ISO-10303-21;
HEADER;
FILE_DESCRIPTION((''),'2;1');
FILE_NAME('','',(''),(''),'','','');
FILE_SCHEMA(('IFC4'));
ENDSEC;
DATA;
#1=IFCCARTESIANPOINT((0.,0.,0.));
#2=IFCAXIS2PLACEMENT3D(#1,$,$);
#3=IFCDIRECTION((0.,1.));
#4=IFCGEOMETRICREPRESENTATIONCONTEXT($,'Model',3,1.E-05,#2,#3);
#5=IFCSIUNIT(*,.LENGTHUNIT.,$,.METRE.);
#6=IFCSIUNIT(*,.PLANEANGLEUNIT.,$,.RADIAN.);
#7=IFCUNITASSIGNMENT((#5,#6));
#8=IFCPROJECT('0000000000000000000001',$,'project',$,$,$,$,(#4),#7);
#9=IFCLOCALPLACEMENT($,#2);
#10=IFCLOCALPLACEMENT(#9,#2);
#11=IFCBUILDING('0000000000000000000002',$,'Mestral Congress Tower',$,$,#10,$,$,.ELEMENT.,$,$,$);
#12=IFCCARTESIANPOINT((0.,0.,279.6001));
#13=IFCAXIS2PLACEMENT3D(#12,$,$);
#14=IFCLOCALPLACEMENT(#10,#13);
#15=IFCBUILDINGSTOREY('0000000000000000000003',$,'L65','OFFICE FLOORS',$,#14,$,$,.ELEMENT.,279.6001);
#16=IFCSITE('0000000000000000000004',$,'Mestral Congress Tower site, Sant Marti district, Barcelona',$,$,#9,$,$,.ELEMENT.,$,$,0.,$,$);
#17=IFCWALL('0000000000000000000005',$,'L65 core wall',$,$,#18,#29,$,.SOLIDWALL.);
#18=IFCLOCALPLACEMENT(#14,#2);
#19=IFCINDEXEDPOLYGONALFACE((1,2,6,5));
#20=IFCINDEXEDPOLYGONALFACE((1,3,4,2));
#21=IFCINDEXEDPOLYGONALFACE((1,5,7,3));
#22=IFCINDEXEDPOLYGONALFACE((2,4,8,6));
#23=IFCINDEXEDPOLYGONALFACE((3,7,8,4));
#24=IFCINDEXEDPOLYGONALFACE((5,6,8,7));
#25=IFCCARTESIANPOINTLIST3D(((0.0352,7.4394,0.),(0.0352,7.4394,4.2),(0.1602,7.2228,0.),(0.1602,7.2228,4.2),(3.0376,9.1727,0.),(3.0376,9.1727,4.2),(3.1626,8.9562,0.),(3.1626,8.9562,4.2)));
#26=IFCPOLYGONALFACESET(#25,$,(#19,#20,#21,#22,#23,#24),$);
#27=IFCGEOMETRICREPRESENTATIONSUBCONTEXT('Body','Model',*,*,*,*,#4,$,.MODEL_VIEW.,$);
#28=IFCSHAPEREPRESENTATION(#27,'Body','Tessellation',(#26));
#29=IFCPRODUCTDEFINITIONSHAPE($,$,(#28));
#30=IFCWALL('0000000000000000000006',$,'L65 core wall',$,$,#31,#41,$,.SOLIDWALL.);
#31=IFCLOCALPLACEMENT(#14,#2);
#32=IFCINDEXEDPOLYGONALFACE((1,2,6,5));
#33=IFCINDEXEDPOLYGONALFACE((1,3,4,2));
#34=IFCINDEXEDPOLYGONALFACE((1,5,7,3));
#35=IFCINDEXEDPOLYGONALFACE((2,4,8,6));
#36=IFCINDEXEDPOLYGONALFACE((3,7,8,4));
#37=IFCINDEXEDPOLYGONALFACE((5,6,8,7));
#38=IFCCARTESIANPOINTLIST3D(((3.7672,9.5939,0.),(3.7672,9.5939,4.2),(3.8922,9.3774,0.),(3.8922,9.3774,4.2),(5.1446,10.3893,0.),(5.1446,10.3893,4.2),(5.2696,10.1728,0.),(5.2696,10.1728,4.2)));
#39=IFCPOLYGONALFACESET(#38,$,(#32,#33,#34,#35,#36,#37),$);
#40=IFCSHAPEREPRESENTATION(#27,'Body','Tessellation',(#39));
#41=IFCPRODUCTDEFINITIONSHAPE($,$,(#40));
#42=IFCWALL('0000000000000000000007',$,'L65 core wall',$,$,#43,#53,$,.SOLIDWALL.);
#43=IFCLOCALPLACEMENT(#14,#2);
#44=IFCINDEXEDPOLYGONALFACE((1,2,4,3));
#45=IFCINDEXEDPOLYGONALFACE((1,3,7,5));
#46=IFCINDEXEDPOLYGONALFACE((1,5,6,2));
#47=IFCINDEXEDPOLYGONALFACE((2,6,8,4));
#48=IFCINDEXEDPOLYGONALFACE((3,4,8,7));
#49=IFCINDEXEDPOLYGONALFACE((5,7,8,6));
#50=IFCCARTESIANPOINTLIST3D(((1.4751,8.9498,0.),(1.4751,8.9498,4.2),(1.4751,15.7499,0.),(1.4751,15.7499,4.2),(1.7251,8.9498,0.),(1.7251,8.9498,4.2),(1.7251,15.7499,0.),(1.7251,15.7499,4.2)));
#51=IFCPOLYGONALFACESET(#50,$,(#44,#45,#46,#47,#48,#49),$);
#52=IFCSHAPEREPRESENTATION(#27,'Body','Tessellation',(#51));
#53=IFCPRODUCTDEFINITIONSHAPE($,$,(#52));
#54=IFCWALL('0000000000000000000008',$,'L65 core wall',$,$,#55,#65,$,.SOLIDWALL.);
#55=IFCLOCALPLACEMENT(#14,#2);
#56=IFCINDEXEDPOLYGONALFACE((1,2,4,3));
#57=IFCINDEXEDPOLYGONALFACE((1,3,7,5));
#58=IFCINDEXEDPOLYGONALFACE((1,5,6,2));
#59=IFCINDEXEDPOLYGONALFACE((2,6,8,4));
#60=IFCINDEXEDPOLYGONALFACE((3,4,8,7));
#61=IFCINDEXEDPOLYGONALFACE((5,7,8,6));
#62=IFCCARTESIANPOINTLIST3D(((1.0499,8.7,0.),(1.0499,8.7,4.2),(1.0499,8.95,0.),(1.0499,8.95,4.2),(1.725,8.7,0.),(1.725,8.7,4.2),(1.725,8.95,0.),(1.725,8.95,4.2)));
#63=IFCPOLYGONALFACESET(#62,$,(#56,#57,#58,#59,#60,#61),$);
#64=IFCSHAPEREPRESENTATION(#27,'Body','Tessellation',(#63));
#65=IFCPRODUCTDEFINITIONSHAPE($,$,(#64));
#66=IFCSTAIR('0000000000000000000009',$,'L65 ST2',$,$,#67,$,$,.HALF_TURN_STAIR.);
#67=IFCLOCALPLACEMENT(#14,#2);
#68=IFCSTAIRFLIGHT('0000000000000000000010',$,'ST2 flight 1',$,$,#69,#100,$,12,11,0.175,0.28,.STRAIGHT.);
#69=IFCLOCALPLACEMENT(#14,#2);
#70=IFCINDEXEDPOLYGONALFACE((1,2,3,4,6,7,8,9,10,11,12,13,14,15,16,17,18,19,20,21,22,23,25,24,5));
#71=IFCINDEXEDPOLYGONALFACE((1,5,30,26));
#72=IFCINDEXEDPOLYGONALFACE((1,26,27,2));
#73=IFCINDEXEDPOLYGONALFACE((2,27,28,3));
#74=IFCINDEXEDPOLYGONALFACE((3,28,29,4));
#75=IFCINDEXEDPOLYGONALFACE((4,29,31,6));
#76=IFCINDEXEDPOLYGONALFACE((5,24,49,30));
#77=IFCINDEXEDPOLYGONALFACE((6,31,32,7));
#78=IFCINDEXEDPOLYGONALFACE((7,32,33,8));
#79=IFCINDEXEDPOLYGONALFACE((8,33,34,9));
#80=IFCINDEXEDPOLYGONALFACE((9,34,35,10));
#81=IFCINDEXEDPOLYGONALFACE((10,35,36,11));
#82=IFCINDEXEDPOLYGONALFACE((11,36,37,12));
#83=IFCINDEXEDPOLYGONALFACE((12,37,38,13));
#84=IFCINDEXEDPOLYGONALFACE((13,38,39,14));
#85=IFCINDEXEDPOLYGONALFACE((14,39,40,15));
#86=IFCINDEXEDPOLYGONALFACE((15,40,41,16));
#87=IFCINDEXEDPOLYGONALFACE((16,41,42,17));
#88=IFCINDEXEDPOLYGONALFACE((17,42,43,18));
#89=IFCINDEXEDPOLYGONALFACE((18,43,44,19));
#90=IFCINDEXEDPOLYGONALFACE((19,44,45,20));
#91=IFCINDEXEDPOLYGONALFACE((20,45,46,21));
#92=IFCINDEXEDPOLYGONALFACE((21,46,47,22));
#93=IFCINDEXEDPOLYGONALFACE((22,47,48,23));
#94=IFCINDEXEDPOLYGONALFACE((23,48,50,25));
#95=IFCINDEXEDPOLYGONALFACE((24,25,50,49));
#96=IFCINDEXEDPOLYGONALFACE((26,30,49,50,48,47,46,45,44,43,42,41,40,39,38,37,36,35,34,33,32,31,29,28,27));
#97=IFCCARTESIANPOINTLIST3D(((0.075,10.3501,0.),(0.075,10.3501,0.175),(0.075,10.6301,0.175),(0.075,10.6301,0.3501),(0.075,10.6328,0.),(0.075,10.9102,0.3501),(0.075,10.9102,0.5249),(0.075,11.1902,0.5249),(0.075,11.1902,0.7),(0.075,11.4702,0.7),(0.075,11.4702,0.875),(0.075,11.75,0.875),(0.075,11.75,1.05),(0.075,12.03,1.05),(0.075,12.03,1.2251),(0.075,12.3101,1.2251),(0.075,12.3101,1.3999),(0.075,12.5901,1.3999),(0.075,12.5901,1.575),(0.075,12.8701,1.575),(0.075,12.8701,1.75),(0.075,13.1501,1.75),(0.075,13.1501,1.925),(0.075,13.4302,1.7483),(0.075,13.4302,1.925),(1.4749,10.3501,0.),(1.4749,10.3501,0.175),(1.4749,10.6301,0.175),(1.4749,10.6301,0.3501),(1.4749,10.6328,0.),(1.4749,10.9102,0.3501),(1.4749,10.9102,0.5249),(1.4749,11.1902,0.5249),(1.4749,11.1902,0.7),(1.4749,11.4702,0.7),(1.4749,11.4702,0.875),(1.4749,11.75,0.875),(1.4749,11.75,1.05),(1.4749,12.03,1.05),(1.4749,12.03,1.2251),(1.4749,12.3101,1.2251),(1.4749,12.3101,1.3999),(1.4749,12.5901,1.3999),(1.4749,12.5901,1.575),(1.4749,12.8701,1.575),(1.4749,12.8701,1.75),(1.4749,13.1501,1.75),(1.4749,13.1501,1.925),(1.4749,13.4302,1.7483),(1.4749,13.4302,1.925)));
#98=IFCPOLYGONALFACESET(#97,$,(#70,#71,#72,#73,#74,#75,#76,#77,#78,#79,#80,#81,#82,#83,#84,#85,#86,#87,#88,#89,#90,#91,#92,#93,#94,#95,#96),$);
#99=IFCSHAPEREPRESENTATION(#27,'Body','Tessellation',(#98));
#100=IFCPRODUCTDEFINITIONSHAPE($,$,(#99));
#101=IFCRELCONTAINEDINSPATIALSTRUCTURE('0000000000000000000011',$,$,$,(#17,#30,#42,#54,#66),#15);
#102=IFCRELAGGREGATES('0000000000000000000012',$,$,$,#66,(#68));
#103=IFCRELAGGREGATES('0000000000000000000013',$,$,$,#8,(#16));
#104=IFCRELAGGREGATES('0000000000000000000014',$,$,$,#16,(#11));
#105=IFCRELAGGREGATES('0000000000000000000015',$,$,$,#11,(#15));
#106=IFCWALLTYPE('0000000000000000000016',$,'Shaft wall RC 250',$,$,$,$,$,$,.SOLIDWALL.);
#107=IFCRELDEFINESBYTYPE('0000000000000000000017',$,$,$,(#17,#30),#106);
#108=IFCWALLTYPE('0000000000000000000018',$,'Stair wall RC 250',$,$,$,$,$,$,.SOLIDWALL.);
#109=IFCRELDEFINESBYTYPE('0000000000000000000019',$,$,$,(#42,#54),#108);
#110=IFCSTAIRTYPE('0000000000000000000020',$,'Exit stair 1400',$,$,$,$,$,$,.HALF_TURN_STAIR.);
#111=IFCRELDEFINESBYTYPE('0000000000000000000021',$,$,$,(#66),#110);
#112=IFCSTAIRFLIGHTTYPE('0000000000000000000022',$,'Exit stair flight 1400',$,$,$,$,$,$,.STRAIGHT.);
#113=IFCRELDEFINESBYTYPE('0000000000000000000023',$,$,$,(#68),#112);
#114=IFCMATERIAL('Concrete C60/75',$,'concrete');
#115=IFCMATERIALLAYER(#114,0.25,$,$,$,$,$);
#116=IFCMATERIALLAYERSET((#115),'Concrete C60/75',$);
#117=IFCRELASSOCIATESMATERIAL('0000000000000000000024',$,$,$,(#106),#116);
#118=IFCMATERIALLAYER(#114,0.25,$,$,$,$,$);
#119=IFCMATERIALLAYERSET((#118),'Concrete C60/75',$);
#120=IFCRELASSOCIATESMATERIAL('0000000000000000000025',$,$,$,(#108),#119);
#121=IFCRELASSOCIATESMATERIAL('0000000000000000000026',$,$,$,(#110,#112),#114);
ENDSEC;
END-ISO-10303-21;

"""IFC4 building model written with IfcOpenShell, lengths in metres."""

from ifc_helpers import new_model, si_unit, direction, frame, frame_2d, origin, place, context, subcontext, project, spatial, polyline, rectangle, outline, extrude, material, layer, layer_set, type_object, element, aggregate, save


model = new_model("IFC4")

# Units and contexts
model_context = context("Model", 3, precision=1e-05, world=origin(), true_north=direction((0.0, 1.0)))
body_context = subcontext(model_context, "Body", "Model", "MODEL_VIEW")
ifc_project = project(units=[si_unit("LENGTHUNIT", "METRE"), si_unit("PLANEANGLEUNIT", "RADIAN")], contexts=[model_context])

# Site, building, storey
site_placement = place(None, origin())
site = spatial("IfcSite", under=ifc_project, at=site_placement, Name="Mestral Congress Tower site, Sant Marti district, Barcelona", CompositionType="ELEMENT", RefElevation=0.0)
building_placement = place(site_placement, origin())
building = spatial("IfcBuilding", under=site, at=building_placement, Name="Mestral Congress Tower", CompositionType="ELEMENT")
storey_placement = place(building_placement, frame((0.0, 0.0, 279.6001)))
storey = spatial("IfcBuildingStorey", under=building, at=storey_placement, Name="L65", Description="OFFICE FLOORS", CompositionType="ELEMENT", Elevation=279.6001)

# Shared definitions
ifc_material_1 = material(Name="Concrete C60/75", Category="concrete")

# Walls
ifc_layer_1 = layer(ifc_material_1, 0.25)
ifc_layer_set_1 = layer_set([ifc_layer_1], Name="Concrete C60/75")
wall_type_1 = type_object("IfcWallType", Name="Shaft wall RC 250", PredefinedType="SOLIDWALL", material=ifc_layer_set_1)
wall_1_placement = place(storey_placement, frame((3.1001, 9.0645, 0.0), z_axis=(0.0, 0.0, 1.0), x_axis=(-0.866033, -0.499987, 0.0)))
element("IfcWall", 1, at=wall_1_placement, inside=storey, type_object=wall_type_1, Name="L65 core wall", PredefinedType="SOLIDWALL", context=body_context, shape_type="SweptSolid", body=[
    extrude(rectangle(XDim=3.4668, YDim=0.25, at=frame_2d((1.7334, 0.0))), origin(), (0.0, 0.0, 1.0), 4.2),
])
wall_2_placement = place(storey_placement, frame((3.8296, 9.4856, 0.0), z_axis=(0.0, 0.0, 1.0), x_axis=(0.865986, 0.500068, 0.0)))
element("IfcWall", 2, at=wall_2_placement, inside=storey, type_object=wall_type_1, Name="L65 core wall", PredefinedType="SOLIDWALL", context=body_context, shape_type="SweptSolid", body=[
    extrude(rectangle(XDim=1.5906, YDim=0.25, at=frame_2d((0.7954, 0.0))), origin(), (0.0, 0.0, 1.0), 4.2),
])
ifc_layer_2 = layer(ifc_material_1, 0.25)
ifc_layer_set_2 = layer_set([ifc_layer_2], Name="Concrete C60/75")
wall_type_2 = type_object("IfcWallType", Name="Stair wall RC 250", PredefinedType="SOLIDWALL", material=ifc_layer_set_2)
wall_3_placement = place(storey_placement, frame((1.6001, 8.95, 0.0), z_axis=(0.0, 0.0, 1.0), x_axis=(0.0, 1.0, 0.0)))
element("IfcWall", 3, at=wall_3_placement, inside=storey, type_object=wall_type_2, Name="L65 core wall", PredefinedType="SOLIDWALL", context=body_context, shape_type="SweptSolid", body=[
    extrude(rectangle(XDim=6.8, YDim=0.25, at=frame_2d((3.3999, 0.0))), origin(), (0.0, 0.0, 1.0), 4.2),
])
wall_4_placement = place(storey_placement, frame((1.05, 8.825, 0.0), z_axis=(0.0, 0.0, 1.0), x_axis=(1.0, 0.0, 0.0)))
element("IfcWall", 4, at=wall_4_placement, inside=storey, type_object=wall_type_2, Name="L65 core wall", PredefinedType="SOLIDWALL", context=body_context, shape_type="SweptSolid", body=[
    extrude(rectangle(XDim=0.675, YDim=0.25, at=frame_2d((0.3374, 0.0))), origin(), (0.0, 0.0, 1.0), 4.2),
])

# Stair, stair flight
stair_type = type_object("IfcStairType", Name="Exit stair 1400", PredefinedType="HALF_TURN_STAIR", material=ifc_material_1)
stair_placement = place(storey_placement, origin())
stair = element("IfcStair", 5, at=stair_placement, inside=storey, type_object=stair_type, Name="L65 ST2", PredefinedType="HALF_TURN_STAIR")
stair_flight_type = type_object("IfcStairFlightType", Name="Exit stair flight 1400", PredefinedType="STRAIGHT", material=ifc_material_1)
stair_flight_placement = place(storey_placement, frame((0.7749, 10.3501, 0.0), z_axis=(0.0, 0.0, 1.0), x_axis=(0.0, 1.0, 0.0)))
stair_flight = element("IfcStairFlight", 6, at=stair_flight_placement, type_object=stair_flight_type, Name="ST2 flight 1", NumberOfRisers=12, NumberOfTreads=11, PredefinedType="STRAIGHT", RiserHeight=0.175, TreadLength=0.28, context=body_context, shape_type="SweptSolid", body=[
    extrude(outline(polyline([(0.0, 0.0), (0.0, 0.175), (0.28, 0.175), (0.28, 0.3501), (0.5601, 0.3501), (0.5601, 0.5249), (0.8401, 0.5249), (0.8401, 0.7), (1.1201, 0.7), (1.1201, 0.875), (1.3999, 0.875), (1.3999, 1.05), (1.6799, 1.05), (1.6799, 1.2251), (1.96, 1.2251), (1.96, 1.3999), (2.24, 1.3999), (2.24, 1.575), (2.52, 1.575), (2.52, 1.75), (2.8, 1.75), (2.8, 1.925), (3.0801, 1.925), (3.0801, 2.1001), (3.0801, 1.7483), (0.2827, 0.0), (0.0, 0.0)])), frame((0.0, 0.7, 0.0), z_axis=(0.0, -1.0, 0.0), x_axis=(1.0, 0.0, 0.0)), (0.0, 0.0, 1.0), 1.3999),
])
aggregate(stair, [stair_flight])

save(model, "model.ifc")
